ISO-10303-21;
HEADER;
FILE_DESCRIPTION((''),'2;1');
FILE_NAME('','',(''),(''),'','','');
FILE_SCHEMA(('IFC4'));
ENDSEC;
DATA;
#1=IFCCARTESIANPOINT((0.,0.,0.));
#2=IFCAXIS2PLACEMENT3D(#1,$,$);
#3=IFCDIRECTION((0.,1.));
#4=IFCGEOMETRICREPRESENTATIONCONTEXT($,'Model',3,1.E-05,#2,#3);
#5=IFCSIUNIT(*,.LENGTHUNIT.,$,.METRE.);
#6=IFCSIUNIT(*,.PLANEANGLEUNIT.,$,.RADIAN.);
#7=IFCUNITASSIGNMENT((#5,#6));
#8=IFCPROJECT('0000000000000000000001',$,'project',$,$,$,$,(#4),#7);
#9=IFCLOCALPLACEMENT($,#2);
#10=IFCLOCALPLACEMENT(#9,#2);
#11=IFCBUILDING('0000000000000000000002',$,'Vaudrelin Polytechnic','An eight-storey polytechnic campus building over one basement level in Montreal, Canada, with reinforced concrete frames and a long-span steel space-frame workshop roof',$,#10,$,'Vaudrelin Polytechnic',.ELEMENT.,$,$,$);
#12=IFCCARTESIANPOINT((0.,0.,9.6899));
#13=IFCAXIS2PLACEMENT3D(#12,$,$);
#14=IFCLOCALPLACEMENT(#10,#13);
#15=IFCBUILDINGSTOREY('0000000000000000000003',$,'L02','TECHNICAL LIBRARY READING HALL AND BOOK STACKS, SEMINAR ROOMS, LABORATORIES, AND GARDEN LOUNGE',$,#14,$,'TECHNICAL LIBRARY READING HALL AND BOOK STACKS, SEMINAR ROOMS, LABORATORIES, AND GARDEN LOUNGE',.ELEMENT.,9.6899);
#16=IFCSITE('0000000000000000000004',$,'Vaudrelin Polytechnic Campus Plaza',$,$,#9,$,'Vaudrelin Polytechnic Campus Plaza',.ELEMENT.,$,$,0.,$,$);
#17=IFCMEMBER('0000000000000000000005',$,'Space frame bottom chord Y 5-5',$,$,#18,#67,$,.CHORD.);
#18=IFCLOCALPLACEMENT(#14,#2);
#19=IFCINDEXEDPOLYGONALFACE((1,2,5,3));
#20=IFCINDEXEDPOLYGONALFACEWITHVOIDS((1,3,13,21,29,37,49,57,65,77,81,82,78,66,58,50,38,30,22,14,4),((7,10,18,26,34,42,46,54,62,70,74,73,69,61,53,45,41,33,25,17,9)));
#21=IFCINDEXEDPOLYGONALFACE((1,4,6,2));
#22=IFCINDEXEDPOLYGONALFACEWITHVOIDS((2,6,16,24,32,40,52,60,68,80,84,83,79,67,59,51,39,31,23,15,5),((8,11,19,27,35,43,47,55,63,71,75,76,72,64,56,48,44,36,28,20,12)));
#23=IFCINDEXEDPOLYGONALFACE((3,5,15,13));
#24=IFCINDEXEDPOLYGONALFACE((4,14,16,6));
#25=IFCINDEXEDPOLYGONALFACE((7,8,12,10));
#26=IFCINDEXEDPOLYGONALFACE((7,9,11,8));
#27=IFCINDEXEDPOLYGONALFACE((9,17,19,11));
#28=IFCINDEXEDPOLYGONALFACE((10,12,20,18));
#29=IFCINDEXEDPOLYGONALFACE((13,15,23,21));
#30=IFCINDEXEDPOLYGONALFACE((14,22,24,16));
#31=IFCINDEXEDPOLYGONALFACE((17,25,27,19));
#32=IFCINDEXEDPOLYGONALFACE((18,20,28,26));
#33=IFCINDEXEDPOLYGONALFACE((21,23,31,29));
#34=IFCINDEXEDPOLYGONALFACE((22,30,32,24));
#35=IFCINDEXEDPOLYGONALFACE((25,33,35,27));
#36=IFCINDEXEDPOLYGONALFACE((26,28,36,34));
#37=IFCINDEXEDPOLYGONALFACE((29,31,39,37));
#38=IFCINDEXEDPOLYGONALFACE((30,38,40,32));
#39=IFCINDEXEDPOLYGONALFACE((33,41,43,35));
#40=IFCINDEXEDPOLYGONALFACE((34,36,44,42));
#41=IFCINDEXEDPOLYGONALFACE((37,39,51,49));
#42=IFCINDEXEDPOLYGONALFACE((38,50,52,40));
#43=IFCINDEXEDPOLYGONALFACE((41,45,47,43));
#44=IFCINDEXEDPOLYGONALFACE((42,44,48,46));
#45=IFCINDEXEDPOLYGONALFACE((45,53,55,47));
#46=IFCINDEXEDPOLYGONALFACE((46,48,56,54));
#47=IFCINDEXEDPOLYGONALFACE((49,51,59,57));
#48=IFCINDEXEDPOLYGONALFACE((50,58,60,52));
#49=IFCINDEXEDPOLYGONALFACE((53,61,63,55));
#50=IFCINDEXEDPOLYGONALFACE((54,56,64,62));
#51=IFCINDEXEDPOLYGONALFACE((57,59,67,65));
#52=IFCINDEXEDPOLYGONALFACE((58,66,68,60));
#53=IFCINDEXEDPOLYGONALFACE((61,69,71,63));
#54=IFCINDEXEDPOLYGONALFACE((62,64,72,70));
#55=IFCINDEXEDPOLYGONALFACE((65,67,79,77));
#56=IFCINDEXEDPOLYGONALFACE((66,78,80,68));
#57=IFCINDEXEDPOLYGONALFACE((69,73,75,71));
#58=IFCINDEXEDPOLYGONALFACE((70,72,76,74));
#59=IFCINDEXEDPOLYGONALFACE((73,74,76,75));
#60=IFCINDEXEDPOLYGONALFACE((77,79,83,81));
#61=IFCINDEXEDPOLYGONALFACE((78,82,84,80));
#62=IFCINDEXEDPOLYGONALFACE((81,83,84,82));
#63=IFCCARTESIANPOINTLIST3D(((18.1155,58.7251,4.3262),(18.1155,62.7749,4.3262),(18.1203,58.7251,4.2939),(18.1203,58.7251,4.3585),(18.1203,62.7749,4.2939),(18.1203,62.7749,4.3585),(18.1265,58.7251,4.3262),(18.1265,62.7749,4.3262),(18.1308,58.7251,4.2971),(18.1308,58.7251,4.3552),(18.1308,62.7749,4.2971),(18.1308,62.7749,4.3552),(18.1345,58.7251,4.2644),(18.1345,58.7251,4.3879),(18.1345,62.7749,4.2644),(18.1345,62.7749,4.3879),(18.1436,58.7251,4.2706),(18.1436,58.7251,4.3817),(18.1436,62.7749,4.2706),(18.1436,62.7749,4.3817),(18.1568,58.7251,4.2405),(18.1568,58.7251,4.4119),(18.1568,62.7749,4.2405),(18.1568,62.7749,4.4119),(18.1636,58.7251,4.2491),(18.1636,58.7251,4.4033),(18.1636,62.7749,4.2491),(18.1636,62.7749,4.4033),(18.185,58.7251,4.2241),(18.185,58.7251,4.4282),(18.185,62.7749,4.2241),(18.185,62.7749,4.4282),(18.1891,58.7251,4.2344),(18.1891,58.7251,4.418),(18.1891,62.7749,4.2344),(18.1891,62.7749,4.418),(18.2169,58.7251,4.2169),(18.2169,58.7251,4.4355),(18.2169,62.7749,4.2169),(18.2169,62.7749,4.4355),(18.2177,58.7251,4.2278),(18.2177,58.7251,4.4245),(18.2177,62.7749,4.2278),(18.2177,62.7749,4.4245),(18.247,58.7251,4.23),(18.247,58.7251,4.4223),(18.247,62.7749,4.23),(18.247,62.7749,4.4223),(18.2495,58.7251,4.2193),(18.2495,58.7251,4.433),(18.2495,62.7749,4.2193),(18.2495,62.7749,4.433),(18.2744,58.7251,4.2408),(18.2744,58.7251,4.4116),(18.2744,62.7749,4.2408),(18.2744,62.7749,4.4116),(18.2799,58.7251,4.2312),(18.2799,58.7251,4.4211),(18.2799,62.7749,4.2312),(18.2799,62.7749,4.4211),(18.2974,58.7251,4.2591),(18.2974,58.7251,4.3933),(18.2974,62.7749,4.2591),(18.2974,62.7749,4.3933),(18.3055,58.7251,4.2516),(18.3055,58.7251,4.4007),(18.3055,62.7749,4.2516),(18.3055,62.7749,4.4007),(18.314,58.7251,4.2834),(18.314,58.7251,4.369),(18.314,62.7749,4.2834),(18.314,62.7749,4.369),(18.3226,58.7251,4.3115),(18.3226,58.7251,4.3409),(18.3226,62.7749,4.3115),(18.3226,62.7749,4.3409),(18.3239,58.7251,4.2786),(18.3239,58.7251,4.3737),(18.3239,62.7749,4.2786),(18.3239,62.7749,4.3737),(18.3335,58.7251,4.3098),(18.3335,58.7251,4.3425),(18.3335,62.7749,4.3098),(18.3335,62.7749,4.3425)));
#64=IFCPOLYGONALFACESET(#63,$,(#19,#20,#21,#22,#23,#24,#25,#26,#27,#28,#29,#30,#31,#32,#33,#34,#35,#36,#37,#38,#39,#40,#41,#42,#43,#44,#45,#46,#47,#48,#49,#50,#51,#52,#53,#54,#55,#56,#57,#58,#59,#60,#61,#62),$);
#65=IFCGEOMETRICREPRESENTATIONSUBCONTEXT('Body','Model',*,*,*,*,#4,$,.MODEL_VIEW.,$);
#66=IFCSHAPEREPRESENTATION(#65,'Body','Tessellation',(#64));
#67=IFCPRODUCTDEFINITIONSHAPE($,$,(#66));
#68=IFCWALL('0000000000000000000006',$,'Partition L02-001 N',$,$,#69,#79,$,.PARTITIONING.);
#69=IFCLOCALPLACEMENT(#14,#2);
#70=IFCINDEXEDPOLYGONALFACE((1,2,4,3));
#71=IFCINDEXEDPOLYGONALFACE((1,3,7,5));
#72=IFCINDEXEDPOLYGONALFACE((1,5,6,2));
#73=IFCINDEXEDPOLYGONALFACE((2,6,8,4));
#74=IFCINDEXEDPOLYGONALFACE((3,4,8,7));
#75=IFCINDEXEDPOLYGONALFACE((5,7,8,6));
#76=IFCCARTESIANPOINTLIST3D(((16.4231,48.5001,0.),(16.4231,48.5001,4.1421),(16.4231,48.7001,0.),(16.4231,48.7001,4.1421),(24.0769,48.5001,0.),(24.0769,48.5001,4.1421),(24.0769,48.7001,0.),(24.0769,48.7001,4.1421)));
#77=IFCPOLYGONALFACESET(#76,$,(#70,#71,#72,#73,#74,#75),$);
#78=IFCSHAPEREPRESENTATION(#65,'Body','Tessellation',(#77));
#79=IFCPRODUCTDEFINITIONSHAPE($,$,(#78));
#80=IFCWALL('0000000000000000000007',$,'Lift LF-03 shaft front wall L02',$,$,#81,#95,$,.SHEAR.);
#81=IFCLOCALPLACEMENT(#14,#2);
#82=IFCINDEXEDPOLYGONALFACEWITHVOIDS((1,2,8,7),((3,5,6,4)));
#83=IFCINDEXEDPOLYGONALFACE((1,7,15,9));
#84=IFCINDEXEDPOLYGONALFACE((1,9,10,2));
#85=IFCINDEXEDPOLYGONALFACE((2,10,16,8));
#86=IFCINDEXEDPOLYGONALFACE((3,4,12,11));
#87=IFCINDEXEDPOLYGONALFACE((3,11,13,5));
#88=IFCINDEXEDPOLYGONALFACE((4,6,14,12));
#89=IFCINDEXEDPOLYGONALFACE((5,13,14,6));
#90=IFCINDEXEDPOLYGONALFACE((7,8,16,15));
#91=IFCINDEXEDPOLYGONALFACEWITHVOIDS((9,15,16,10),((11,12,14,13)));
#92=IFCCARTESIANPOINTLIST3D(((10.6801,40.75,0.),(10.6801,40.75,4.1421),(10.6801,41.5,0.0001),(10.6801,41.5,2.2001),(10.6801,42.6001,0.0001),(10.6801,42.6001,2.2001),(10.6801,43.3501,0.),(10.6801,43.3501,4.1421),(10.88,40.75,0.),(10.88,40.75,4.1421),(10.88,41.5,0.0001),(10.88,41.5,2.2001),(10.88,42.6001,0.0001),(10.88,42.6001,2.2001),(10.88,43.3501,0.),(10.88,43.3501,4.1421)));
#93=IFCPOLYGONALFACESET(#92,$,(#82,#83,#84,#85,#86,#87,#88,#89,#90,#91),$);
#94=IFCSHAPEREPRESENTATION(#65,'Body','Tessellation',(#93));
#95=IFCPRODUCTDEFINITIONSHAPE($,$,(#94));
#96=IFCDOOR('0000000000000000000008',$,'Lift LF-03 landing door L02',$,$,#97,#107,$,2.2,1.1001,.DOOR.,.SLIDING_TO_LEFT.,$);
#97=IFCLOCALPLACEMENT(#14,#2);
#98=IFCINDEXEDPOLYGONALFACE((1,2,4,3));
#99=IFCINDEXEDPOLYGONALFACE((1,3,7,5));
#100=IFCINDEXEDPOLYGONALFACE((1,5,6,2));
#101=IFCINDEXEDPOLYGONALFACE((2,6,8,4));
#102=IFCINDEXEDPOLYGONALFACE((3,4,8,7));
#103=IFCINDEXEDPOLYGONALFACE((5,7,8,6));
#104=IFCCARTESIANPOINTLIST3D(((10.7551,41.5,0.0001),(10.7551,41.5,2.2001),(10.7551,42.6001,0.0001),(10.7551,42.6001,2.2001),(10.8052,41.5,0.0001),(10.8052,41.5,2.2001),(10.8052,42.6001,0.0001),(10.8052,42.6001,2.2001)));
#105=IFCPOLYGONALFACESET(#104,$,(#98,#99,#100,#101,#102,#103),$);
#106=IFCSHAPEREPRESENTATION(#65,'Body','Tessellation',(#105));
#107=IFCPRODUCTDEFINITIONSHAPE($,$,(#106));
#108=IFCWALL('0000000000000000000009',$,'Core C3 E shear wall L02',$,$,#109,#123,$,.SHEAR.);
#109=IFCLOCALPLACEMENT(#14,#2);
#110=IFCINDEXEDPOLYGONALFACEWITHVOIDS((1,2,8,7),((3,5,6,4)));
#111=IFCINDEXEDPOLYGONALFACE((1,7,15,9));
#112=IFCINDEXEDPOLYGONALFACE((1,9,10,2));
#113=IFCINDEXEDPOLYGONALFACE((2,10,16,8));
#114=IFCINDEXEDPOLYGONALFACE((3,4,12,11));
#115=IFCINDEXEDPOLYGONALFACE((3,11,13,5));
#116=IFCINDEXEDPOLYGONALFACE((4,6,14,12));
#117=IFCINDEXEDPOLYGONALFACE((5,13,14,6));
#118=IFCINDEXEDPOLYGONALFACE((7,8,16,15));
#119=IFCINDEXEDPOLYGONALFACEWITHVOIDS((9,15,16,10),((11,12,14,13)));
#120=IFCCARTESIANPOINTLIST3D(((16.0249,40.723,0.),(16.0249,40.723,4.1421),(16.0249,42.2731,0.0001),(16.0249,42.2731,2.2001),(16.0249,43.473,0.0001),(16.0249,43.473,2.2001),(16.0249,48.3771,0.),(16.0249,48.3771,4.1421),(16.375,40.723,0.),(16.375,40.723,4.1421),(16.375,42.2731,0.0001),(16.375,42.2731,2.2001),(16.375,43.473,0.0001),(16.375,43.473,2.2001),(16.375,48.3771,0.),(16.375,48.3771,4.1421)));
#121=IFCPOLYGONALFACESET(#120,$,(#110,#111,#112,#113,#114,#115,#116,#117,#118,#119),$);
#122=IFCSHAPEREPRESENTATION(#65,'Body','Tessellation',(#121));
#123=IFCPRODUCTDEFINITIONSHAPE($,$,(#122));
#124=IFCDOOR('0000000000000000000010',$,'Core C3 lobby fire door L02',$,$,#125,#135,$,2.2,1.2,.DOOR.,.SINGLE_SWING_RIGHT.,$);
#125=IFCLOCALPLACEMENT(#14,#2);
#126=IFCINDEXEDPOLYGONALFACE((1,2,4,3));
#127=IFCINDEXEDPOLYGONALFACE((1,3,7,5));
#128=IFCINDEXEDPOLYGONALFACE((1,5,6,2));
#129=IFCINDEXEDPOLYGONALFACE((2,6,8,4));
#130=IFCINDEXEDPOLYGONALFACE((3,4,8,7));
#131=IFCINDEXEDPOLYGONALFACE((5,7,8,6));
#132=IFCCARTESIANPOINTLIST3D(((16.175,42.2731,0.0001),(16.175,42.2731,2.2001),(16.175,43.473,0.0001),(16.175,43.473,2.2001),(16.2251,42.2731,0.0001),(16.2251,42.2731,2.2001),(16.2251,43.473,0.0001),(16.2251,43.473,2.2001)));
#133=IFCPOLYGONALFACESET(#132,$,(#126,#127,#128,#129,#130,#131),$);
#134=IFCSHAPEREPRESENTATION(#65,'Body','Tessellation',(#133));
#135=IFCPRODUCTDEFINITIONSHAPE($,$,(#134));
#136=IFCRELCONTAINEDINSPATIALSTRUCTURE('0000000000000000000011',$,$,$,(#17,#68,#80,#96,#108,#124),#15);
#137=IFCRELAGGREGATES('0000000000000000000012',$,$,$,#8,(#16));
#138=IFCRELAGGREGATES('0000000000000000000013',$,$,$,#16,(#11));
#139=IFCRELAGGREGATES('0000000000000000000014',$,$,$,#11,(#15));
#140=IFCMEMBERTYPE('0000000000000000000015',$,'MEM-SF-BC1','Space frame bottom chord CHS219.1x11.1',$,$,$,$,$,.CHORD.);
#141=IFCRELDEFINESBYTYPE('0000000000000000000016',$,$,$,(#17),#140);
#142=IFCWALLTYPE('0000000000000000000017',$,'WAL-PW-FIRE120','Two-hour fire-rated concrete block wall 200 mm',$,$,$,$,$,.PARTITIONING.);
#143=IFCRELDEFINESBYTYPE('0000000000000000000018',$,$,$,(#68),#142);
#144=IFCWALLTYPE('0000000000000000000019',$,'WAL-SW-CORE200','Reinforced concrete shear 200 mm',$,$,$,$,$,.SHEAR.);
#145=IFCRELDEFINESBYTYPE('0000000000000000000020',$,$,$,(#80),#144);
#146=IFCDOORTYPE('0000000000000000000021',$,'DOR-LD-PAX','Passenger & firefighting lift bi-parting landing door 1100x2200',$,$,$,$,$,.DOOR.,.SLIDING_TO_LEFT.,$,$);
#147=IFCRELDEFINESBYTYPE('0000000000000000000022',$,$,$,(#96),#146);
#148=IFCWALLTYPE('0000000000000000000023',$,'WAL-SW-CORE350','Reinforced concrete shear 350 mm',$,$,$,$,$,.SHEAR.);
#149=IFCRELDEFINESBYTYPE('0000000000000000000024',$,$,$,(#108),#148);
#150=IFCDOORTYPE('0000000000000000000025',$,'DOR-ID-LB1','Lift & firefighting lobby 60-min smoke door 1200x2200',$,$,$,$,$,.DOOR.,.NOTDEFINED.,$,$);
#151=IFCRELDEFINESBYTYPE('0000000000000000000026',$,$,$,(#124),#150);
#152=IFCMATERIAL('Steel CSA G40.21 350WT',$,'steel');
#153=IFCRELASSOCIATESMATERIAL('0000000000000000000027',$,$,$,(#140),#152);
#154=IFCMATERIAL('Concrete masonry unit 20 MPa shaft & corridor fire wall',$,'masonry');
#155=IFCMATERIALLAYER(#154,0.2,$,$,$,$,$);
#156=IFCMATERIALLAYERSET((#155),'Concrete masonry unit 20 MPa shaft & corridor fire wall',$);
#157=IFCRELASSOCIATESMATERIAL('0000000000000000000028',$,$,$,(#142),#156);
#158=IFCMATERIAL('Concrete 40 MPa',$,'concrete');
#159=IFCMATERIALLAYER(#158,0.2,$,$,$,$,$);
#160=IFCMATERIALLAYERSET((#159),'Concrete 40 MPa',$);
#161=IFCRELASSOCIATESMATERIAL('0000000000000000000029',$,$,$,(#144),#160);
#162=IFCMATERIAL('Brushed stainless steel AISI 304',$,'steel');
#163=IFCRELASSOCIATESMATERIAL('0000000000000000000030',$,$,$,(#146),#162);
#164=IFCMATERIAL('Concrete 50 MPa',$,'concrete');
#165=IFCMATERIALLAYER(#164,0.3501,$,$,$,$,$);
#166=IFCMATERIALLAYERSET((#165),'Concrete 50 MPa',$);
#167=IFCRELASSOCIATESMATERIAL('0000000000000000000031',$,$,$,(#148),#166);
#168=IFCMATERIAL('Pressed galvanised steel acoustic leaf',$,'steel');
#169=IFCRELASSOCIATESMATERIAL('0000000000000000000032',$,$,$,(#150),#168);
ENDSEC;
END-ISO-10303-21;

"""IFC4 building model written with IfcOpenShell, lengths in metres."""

from ifc_helpers import new_model, si_unit, direction, frame, frame_2d, origin, origin_2d, place, context, subcontext, project, spatial, rectangle, hollow_circle, extrude, material, layer, layer_set, material_profile, profile_set, type_object, element, fill, save


model = new_model("IFC4")

# Units and contexts
model_context = context("Model", 3, precision=1e-05, world=origin(), true_north=direction((0.0, 1.0)))
body_context = subcontext(model_context, "Body", "Model", "MODEL_VIEW")
ifc_project = project(units=[si_unit("LENGTHUNIT", "METRE"), si_unit("PLANEANGLEUNIT", "RADIAN")], contexts=[model_context])

# Site, building, storey
site_placement = place(None, origin())
site = spatial("IfcSite", under=ifc_project, at=site_placement, Name="Vaudrelin Polytechnic Campus Plaza", LongName="Vaudrelin Polytechnic Campus Plaza", CompositionType="ELEMENT", RefElevation=0.0)
building_placement = place(site_placement, origin())
building = spatial("IfcBuilding", under=site, at=building_placement, Name="Vaudrelin Polytechnic", Description="An eight-storey polytechnic campus building over one basement level in Montreal, Canada, with reinforced concrete frames and a long-span steel space-frame workshop roof", LongName="Vaudrelin Polytechnic", CompositionType="ELEMENT")
storey_placement = place(building_placement, frame((0.0, 0.0, 9.6899)))
storey = spatial("IfcBuildingStorey", under=building, at=storey_placement, Name="L02", Description="TECHNICAL LIBRARY READING HALL AND BOOK STACKS, SEMINAR ROOMS, LABORATORIES, AND GARDEN LOUNGE", LongName="TECHNICAL LIBRARY READING HALL AND BOOK STACKS, SEMINAR ROOMS, LABORATORIES, AND GARDEN LOUNGE", CompositionType="ELEMENT", Elevation=9.6899)

# Shared definitions
ifc_material_1 = material(Name="Concrete 40 MPa", Category="concrete")

# Member
ifc_material_2 = material(Name="Steel CSA G40.21 350WT", Category="steel")
ifc_material_profile_1 = material_profile(ifc_material_2, hollow_circle(Radius=0.1096, WallThickness=0.011, at=origin_2d()), Name="CHS219.1x11.1")
ifc_profile_set_1 = profile_set([ifc_material_profile_1], Name="Steel CSA G40.21 350WT")
member_type = type_object("IfcMemberType", Name="MEM-SF-BC1", Description="Space frame bottom chord CHS219.1x11.1", PredefinedType="CHORD", material=ifc_profile_set_1)
member_placement = place(storey_placement, frame((18.2251, 58.7251, 4.3262), z_axis=(0.0, 1.0, 0.0), x_axis=(-1.0, 0.0, 0.0)))
element("IfcMember", 1, at=member_placement, inside=storey, type_object=member_type, Name="Space frame bottom chord Y 5-5", PredefinedType="CHORD", context=body_context, shape_type="SweptSolid", body=[
    extrude(hollow_circle(Radius=0.1096, WallThickness=0.011, at=origin_2d()), origin(), (0.0, 0.0, 1.0), 4.0498),
])

# Wall
ifc_material_3 = material(Name="Concrete masonry unit 20 MPa shaft & corridor fire wall", Category="masonry")
ifc_layer_1 = layer(ifc_material_3, 0.2)
ifc_layer_set_1 = layer_set([ifc_layer_1], Name="Concrete masonry unit 20 MPa shaft & corridor fire wall")
wall_type_1 = type_object("IfcWallType", Name="WAL-PW-FIRE120", Description="Two-hour fire-rated concrete block wall 200 mm", PredefinedType="PARTITIONING", material=ifc_layer_set_1)
wall_1_placement = place(storey_placement, frame((16.4231, 48.6001, 0.0), z_axis=(0.0, 0.0, 1.0), x_axis=(1.0, 0.0, 0.0)))
element("IfcWall", 2, at=wall_1_placement, inside=storey, type_object=wall_type_1, Name="Partition L02-001 N", PredefinedType="PARTITIONING", context=body_context, shape_type="SweptSolid", body=[
    extrude(rectangle(XDim=7.6538, YDim=0.2, at=frame_2d((3.8269, 0.0))), origin(), (0.0, 0.0, 1.0), 4.1421),
])

# Walls, openings, doors
ifc_material_4 = material(Name="Pressed galvanised steel acoustic leaf", Category="steel")
ifc_layer_2 = layer(ifc_material_1, 0.2)
ifc_layer_set_2 = layer_set([ifc_layer_2], Name="Concrete 40 MPa")
wall_type_2 = type_object("IfcWallType", Name="WAL-SW-CORE200", Description="Reinforced concrete shear 200 mm", PredefinedType="SHEAR", material=ifc_layer_set_2)
wall_2_placement = place(storey_placement, frame((10.78, 40.75, 0.0), z_axis=(0.0, 0.0, 1.0), x_axis=(0.0, 1.0, 0.0)))
wall_2 = element("IfcWall", 3, at=wall_2_placement, inside=storey, type_object=wall_type_2, Name="Lift LF-03 shaft front wall L02", PredefinedType="SHEAR", context=body_context, shape_type="SweptSolid", body=[
    extrude(rectangle(XDim=2.6001, YDim=0.2, at=frame_2d((1.3, 0.0))), origin(), (0.0, 0.0, 1.0), 4.1421),
])
opening_1_placement = place(wall_2_placement, frame((0.75, 0.0, 0.0)))
opening_1 = element("IfcOpeningElement", 4, at=opening_1_placement, cuts=wall_2, PredefinedType="OPENING", context=body_context, shape_type="SweptSolid", body=[
    extrude(rectangle(XDim=1.1001, YDim=2.2, at=frame_2d((0.55, 1.1001))), frame((0.0, 0.1099, 0.0), z_axis=(0.0, -1.0, 0.0), x_axis=(1.0, 0.0, 0.0)), (0.0, 0.0, 1.0), 0.22),
])
ifc_material_5 = material(Name="Brushed stainless steel AISI 304", Category="steel")
door_type_1 = type_object("IfcDoorType", Name="DOR-LD-PAX", Description="Passenger & firefighting lift bi-parting landing door 1100x2200", OperationType="SLIDING_TO_LEFT", PredefinedType="DOOR", material=ifc_material_5)
door_1_placement = place(opening_1_placement, origin())
door_1 = element("IfcDoor", 5, at=door_1_placement, inside=storey, type_object=door_type_1, Name="Lift LF-03 landing door L02", OperationType="SLIDING_TO_LEFT", OverallHeight=2.2, OverallWidth=1.1001, PredefinedType="DOOR", context=body_context, shape_type="SweptSolid", body=[
    extrude(rectangle(XDim=1.1001, YDim=2.2, at=frame_2d((0.55, 1.1001))), frame((0.0, 0.0249, 0.0), z_axis=(0.0, -1.0, 0.0), x_axis=(1.0, 0.0, 0.0)), (0.0, 0.0, 1.0), 0.05),
])
fill(opening_1, door_1)
ifc_material_6 = material(Name="Concrete 50 MPa", Category="concrete")
ifc_layer_3 = layer(ifc_material_6, 0.3501)
ifc_layer_set_3 = layer_set([ifc_layer_3], Name="Concrete 50 MPa")
wall_type_3 = type_object("IfcWallType", Name="WAL-SW-CORE350", Description="Reinforced concrete shear 350 mm", PredefinedType="SHEAR", material=ifc_layer_set_3)
wall_3_placement = place(storey_placement, frame((16.2, 40.7229, 0.0), z_axis=(0.0, 0.0, 1.0), x_axis=(0.0, 1.0, 0.0)))
wall_3 = element("IfcWall", 6, at=wall_3_placement, inside=storey, type_object=wall_type_3, Name="Core C3 E shear wall L02", PredefinedType="SHEAR", context=body_context, shape_type="SweptSolid", body=[
    extrude(rectangle(XDim=7.6541, YDim=0.3501, at=frame_2d((3.8271, 0.0))), origin(), (0.0, 0.0, 1.0), 4.1421),
])
opening_2_placement = place(wall_3_placement, frame((1.55, 0.0, 0.0)))
opening_2 = element("IfcOpeningElement", 7, at=opening_2_placement, cuts=wall_3, PredefinedType="OPENING", context=body_context, shape_type="SweptSolid", body=[
    extrude(rectangle(XDim=1.2, YDim=2.2, at=frame_2d((0.6001, 1.1001))), frame((0.0, 0.1851, 0.0), z_axis=(0.0, -1.0, 0.0), x_axis=(1.0, 0.0, 0.0)), (0.0, 0.0, 1.0), 0.3701),
])
door_type_2 = type_object("IfcDoorType", Name="DOR-ID-LB1", Description="Lift & firefighting lobby 60-min smoke door 1200x2200", OperationType="NOTDEFINED", PredefinedType="DOOR", material=ifc_material_4)
door_2_placement = place(opening_2_placement, origin())
door_2 = element("IfcDoor", 8, at=door_2_placement, inside=storey, type_object=door_type_2, Name="Core C3 lobby fire door L02", OperationType="SINGLE_SWING_RIGHT", OverallHeight=2.2, OverallWidth=1.2, PredefinedType="DOOR", context=body_context, shape_type="SweptSolid", body=[
    extrude(rectangle(XDim=1.2, YDim=2.2, at=frame_2d((0.6001, 1.1001))), frame((0.0, 0.0249, 0.0), z_axis=(0.0, -1.0, 0.0), x_axis=(1.0, 0.0, 0.0)), (0.0, 0.0, 1.0), 0.05),
])
fill(opening_2, door_2)

save(model, "model.ifc")
